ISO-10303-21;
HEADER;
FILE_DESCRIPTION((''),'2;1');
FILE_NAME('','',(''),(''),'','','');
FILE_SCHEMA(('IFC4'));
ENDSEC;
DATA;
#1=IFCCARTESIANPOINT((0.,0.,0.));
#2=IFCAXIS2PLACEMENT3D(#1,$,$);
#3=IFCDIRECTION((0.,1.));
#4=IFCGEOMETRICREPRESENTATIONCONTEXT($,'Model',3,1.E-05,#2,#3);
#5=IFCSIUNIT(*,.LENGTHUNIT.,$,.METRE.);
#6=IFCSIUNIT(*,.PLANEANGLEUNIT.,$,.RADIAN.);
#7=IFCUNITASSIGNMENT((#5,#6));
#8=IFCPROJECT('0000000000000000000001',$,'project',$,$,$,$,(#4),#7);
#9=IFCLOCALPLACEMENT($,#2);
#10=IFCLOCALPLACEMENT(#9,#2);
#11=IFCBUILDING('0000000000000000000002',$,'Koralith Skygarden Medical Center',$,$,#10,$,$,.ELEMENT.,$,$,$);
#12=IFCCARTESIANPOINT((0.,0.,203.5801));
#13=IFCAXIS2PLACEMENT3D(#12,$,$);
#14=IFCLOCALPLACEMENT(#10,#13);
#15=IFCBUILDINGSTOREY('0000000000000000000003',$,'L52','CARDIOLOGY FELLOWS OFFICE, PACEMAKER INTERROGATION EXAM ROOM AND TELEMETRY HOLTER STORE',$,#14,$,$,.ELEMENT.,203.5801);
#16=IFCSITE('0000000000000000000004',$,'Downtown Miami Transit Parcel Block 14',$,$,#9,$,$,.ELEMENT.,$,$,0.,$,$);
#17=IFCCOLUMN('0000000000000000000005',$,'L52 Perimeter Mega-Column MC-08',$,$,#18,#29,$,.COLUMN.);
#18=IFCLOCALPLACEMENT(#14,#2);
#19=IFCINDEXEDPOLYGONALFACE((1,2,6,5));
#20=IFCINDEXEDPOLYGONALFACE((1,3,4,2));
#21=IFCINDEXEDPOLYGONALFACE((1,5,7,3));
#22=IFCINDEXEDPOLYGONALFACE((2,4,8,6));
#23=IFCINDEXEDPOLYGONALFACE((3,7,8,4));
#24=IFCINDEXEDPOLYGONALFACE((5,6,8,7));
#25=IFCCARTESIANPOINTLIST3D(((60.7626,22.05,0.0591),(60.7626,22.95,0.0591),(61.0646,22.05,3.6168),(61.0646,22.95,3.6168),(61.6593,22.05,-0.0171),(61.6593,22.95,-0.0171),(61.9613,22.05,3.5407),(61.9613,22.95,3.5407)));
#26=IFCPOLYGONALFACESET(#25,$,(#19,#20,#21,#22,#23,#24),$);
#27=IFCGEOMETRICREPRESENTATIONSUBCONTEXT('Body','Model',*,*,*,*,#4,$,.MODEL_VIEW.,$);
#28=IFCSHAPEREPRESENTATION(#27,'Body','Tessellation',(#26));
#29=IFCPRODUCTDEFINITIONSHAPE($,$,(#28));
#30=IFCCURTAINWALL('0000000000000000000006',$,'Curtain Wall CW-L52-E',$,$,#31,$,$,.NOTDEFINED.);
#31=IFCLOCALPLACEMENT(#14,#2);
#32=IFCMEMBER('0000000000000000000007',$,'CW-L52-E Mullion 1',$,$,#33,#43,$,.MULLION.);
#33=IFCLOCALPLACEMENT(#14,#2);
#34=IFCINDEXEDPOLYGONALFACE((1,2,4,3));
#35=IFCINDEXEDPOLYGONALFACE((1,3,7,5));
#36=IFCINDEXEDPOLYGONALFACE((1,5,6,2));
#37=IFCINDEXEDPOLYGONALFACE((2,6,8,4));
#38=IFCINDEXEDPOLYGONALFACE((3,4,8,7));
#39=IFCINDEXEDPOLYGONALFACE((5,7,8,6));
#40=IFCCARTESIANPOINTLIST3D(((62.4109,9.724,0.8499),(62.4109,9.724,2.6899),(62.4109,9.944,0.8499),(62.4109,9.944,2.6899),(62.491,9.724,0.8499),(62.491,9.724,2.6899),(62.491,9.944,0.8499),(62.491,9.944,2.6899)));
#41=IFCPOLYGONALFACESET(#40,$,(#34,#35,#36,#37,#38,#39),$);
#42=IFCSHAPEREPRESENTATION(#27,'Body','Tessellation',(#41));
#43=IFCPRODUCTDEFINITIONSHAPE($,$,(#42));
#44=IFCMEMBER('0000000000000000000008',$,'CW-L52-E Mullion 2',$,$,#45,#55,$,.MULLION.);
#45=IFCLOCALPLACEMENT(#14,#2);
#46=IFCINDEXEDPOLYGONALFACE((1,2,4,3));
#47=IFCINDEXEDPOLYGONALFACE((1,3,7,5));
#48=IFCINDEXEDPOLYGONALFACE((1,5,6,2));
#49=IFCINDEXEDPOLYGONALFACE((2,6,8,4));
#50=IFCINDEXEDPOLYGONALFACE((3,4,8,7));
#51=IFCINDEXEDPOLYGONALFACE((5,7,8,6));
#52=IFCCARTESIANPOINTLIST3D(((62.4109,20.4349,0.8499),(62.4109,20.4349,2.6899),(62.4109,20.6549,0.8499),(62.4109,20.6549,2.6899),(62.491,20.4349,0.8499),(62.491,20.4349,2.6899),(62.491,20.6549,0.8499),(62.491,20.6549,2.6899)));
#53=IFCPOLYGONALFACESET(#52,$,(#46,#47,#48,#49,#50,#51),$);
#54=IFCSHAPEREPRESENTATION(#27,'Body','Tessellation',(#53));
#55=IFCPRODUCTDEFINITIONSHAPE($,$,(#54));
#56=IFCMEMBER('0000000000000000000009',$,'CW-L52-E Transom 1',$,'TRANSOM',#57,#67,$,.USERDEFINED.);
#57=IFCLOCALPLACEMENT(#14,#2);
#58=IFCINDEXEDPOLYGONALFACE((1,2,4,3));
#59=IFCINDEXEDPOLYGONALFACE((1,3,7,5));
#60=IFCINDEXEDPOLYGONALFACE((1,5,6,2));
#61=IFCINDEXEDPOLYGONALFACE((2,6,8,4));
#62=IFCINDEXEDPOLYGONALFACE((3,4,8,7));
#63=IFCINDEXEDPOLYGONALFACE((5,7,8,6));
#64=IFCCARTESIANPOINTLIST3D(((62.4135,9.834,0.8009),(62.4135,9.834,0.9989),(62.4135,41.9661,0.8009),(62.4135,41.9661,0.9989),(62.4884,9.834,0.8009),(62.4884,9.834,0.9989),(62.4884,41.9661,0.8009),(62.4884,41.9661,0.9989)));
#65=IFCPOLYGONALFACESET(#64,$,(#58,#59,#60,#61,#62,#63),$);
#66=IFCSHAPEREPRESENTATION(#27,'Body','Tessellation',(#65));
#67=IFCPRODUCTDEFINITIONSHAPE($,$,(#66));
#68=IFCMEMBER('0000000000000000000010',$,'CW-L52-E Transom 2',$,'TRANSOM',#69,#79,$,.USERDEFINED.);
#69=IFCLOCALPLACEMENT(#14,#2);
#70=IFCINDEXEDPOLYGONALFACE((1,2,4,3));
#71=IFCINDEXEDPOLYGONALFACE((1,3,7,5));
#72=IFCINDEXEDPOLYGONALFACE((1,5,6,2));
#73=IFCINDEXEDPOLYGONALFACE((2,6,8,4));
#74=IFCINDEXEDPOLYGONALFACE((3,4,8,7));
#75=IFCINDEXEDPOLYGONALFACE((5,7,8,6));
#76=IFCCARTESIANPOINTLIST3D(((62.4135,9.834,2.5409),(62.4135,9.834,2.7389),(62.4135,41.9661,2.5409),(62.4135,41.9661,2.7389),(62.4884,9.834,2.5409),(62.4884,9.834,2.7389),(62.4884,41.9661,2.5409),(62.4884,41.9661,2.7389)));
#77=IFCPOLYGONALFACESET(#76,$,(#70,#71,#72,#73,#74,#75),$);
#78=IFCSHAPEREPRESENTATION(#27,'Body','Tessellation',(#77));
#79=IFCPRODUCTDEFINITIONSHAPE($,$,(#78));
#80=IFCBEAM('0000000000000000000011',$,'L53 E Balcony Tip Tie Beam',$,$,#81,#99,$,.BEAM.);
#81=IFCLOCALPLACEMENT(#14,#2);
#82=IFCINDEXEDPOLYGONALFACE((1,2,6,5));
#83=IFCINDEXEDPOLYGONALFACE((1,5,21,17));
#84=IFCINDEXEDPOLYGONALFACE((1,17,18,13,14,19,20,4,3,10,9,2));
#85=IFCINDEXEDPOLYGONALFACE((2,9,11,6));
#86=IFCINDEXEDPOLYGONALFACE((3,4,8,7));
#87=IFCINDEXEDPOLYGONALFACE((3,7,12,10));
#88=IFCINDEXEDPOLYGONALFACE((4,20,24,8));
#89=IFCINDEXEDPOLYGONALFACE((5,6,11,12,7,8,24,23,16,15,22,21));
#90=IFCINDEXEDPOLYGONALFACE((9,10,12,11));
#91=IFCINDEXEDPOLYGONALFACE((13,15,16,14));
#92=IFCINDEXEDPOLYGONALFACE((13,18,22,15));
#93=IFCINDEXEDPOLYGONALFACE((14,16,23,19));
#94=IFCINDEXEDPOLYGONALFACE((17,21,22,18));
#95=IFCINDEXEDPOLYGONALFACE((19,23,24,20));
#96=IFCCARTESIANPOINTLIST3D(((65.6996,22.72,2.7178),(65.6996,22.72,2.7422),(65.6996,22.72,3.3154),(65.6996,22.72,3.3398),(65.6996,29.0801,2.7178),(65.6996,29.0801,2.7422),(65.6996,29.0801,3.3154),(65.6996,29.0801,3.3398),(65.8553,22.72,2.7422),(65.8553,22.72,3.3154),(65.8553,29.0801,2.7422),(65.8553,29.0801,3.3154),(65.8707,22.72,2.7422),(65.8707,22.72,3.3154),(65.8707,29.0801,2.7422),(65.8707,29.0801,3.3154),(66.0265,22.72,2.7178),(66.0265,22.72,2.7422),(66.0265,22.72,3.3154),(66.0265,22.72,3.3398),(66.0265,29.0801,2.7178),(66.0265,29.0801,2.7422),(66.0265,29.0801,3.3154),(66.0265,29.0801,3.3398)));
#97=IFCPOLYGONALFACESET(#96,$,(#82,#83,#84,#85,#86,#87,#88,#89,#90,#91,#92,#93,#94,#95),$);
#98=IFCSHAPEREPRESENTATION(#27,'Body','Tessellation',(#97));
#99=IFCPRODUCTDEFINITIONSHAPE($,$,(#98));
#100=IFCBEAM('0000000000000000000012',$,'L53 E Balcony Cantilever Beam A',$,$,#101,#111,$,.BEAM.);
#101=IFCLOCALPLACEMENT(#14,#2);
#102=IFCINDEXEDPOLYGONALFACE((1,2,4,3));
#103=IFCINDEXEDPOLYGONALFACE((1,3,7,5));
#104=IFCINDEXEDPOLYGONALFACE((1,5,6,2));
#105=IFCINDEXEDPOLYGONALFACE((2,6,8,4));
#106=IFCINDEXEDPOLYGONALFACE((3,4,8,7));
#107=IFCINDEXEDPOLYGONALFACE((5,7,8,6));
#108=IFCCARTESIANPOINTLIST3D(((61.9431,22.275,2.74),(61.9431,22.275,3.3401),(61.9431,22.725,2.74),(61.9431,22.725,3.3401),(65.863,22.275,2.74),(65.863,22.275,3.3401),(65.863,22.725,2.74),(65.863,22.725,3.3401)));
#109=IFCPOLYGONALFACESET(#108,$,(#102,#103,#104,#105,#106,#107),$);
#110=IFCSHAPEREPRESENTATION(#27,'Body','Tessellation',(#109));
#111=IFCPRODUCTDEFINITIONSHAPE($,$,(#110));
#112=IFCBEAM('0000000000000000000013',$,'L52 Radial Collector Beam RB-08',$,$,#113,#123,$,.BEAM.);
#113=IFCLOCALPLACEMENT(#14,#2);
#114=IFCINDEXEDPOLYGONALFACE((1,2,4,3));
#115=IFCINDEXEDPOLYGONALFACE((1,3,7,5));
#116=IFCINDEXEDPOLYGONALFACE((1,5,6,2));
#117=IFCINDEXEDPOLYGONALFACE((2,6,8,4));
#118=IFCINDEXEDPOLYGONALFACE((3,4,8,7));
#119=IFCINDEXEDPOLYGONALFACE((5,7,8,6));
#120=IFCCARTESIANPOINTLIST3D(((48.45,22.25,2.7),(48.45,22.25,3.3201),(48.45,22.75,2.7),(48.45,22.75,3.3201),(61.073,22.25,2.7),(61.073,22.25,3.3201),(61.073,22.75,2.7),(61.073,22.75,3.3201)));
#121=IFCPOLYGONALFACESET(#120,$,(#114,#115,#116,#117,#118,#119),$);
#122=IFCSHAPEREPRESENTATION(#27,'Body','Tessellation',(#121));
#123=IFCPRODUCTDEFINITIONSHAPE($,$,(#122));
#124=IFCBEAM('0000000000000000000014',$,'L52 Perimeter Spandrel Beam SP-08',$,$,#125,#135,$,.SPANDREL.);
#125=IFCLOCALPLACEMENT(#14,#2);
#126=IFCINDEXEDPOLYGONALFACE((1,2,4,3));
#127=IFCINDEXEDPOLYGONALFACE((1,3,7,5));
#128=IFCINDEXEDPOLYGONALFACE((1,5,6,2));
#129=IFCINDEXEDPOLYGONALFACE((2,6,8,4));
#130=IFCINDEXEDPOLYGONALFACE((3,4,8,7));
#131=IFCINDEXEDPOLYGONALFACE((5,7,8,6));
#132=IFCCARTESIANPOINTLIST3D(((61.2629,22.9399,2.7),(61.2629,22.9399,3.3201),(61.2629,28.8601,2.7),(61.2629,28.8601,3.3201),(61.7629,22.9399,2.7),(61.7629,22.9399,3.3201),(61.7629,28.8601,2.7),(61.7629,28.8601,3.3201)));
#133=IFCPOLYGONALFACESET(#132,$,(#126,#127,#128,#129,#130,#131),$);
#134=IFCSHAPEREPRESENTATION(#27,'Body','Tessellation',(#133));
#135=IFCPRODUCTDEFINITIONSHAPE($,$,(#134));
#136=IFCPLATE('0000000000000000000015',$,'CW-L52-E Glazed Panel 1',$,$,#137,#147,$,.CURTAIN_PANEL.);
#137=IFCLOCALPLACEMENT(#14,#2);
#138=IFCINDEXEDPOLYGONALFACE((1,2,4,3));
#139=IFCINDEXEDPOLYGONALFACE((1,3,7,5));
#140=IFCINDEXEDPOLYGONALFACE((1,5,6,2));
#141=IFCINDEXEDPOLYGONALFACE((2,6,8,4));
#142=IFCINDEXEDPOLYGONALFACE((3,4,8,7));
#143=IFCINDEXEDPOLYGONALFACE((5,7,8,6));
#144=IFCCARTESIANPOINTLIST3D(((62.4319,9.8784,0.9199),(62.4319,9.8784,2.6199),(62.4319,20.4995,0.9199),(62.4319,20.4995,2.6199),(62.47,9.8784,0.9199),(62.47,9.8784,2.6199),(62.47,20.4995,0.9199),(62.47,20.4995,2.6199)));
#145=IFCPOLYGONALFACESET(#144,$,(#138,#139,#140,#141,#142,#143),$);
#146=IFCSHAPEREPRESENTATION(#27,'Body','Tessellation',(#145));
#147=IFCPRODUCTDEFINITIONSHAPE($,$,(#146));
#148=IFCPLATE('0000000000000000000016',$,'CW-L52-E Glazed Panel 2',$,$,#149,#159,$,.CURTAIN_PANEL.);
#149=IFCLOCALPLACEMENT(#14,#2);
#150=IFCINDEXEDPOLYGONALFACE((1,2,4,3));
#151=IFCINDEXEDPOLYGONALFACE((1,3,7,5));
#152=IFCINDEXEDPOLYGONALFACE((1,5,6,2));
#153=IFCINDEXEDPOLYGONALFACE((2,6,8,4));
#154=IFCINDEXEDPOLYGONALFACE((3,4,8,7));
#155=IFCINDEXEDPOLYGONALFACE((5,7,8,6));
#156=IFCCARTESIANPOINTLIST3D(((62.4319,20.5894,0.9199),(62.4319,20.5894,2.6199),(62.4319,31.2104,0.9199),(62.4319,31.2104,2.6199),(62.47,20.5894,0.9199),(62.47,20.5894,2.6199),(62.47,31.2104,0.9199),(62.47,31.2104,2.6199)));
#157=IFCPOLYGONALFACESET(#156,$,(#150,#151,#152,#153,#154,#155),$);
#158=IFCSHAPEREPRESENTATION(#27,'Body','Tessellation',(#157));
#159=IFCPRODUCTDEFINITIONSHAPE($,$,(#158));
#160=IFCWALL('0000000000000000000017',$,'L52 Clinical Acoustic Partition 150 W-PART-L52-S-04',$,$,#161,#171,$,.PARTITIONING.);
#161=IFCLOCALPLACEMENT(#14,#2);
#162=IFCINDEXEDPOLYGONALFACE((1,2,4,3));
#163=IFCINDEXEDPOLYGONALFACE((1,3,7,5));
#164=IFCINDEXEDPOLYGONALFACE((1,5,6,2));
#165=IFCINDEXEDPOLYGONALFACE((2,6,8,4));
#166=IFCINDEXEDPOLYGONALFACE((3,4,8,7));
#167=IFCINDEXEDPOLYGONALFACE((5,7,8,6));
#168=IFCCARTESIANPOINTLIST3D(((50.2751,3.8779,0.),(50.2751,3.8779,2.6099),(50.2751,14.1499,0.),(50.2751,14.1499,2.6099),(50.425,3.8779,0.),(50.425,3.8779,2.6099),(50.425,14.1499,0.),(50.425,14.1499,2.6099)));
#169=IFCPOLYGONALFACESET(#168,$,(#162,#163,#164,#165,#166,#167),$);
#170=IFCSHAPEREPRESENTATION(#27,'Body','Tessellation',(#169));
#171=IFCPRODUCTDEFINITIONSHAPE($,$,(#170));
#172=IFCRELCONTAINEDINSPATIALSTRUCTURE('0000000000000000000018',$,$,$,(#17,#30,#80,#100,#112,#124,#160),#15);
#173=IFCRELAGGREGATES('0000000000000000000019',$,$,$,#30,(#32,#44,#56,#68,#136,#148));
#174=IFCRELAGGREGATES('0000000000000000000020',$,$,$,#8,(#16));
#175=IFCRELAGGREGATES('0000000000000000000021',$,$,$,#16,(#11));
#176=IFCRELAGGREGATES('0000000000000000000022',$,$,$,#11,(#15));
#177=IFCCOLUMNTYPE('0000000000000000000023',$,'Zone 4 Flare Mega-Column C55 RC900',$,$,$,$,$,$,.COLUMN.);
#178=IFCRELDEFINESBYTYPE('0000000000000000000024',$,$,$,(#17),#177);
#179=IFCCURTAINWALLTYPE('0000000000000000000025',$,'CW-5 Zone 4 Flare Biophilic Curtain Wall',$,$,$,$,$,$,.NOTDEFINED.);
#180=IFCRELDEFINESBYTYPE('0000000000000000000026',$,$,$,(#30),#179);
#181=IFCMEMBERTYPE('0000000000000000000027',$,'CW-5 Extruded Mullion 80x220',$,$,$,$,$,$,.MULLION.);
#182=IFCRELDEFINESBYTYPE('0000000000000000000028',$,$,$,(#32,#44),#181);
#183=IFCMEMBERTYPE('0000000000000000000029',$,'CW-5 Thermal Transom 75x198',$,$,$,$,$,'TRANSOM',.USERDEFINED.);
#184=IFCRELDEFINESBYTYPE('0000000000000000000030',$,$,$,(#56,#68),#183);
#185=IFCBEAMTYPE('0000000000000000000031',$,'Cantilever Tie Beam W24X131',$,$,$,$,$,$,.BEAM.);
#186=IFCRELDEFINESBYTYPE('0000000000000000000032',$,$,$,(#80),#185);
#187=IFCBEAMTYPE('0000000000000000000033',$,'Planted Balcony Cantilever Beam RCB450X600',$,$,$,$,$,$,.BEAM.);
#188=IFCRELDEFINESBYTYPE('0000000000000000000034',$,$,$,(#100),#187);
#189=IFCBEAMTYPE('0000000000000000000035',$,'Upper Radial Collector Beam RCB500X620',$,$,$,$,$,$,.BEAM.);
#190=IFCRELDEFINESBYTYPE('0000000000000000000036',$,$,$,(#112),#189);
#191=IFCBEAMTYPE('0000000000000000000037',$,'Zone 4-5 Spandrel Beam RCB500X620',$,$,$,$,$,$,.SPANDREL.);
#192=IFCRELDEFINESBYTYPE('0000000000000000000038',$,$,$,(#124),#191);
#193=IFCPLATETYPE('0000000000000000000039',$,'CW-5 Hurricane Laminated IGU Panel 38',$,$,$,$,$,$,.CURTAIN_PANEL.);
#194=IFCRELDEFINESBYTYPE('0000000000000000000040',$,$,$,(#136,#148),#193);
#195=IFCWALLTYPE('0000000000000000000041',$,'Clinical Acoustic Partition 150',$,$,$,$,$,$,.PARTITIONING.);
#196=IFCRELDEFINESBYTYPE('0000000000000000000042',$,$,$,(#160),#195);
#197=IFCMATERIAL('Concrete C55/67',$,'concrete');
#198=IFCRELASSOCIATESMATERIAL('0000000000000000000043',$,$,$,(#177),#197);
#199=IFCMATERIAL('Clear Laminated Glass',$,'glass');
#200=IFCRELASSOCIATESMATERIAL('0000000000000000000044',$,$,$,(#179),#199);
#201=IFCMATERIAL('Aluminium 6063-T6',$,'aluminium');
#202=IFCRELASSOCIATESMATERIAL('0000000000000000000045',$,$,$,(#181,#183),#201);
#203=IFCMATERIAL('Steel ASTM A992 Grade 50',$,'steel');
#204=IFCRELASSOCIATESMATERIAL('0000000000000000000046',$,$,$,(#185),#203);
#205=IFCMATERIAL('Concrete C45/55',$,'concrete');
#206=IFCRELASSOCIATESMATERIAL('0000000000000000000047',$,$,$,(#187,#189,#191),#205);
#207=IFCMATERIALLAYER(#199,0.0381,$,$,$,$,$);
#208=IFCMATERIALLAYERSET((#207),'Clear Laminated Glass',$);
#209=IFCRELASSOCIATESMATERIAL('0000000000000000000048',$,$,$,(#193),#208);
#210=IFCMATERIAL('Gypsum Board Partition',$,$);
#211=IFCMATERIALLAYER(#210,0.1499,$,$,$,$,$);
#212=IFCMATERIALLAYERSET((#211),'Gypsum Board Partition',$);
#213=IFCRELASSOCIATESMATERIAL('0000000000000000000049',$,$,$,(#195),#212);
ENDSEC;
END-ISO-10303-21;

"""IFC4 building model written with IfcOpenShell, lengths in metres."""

from ifc_helpers import new_model, si_unit, direction, frame, frame_2d, origin, origin_2d, place, context, subcontext, project, spatial, rectangle, i_section, extrude, material, layer, layer_set, material_profile, profile_set, type_object, element, aggregate, save


model = new_model("IFC4")

# Units and contexts
model_context = context("Model", 3, precision=1e-05, world=origin(), true_north=direction((0.0, 1.0)))
body_context = subcontext(model_context, "Body", "Model", "MODEL_VIEW")
ifc_project = project(units=[si_unit("LENGTHUNIT", "METRE"), si_unit("PLANEANGLEUNIT", "RADIAN")], contexts=[model_context])

# Site, building, storey
site_placement = place(None, origin())
site = spatial("IfcSite", under=ifc_project, at=site_placement, Name="Downtown Miami Transit Parcel Block 14", CompositionType="ELEMENT", RefElevation=0.0)
building_placement = place(site_placement, origin())
building = spatial("IfcBuilding", under=site, at=building_placement, Name="Koralith Skygarden Medical Center", CompositionType="ELEMENT")
storey_placement = place(building_placement, frame((0.0, 0.0, 203.5801)))
storey = spatial("IfcBuildingStorey", under=building, at=storey_placement, Name="L52", Description="CARDIOLOGY FELLOWS OFFICE, PACEMAKER INTERROGATION EXAM ROOM AND TELEMETRY HOLTER STORE", CompositionType="ELEMENT", Elevation=203.5801)

# Column
ifc_material_1 = material(Name="Concrete C55/67", Category="concrete")
ifc_material_profile_1 = material_profile(ifc_material_1, rectangle(XDim=0.8999, YDim=0.8999, at=origin_2d()), Name="RC900X900")
ifc_profile_set_1 = profile_set([ifc_material_profile_1], Name="Concrete C55/67")
column_type = type_object("IfcColumnType", Name="Zone 4 Flare Mega-Column C55 RC900", PredefinedType="COLUMN", material=ifc_profile_set_1)
column_placement = place(storey_placement, frame((61.2109, 22.5, 0.021), z_axis=(0.084579, 0.0, 0.996417), x_axis=(0.0, 1.0, 0.0)))
element("IfcColumn", 1, at=column_placement, inside=storey, type_object=column_type, Name="L52 Perimeter Mega-Column MC-08", PredefinedType="COLUMN", context=body_context, shape_type="SweptSolid", body=[
    extrude(rectangle(XDim=0.8999, YDim=0.8999, at=origin_2d()), origin(), (0.0, 0.0, 1.0), 3.5706),
])

# Curtain wall, members
ifc_material_2 = material(Name="Clear Laminated Glass", Category="glass")
curtain_wall_type = type_object("IfcCurtainWallType", Name="CW-5 Zone 4 Flare Biophilic Curtain Wall", PredefinedType="NOTDEFINED", material=ifc_material_2)
curtain_wall_placement = place(storey_placement, origin())
curtain_wall = element("IfcCurtainWall", 2, at=curtain_wall_placement, inside=storey, type_object=curtain_wall_type, Name="Curtain Wall CW-L52-E", PredefinedType="NOTDEFINED")
ifc_material_3 = material(Name="Aluminium 6063-T6", Category="aluminium")
ifc_material_profile_2 = material_profile(ifc_material_3, rectangle(XDim=0.0801, YDim=0.22, at=origin_2d()), Name="MUL80X220")
ifc_profile_set_2 = profile_set([ifc_material_profile_2], Name="Aluminium 6063-T6")
member_type_1 = type_object("IfcMemberType", Name="CW-5 Extruded Mullion 80x220", PredefinedType="MULLION", material=ifc_profile_set_2)
member_1_placement = place(storey_placement, frame((62.4509, 9.834, 0.8499), z_axis=(0.0, 0.0, 1.0), x_axis=(1.0, 0.0, 0.0)))
member_1 = element("IfcMember", 3, at=member_1_placement, type_object=member_type_1, Name="CW-L52-E Mullion 1", PredefinedType="MULLION", context=body_context, shape_type="SweptSolid", body=[
    extrude(rectangle(XDim=0.0801, YDim=0.22, at=origin_2d()), origin(), (0.0, 0.0, 1.0), 1.8401),
])
member_2_placement = place(storey_placement, frame((62.4509, 20.5449, 0.8499), z_axis=(0.0, 0.0, 1.0), x_axis=(1.0, 0.0, 0.0)))
member_2 = element("IfcMember", 4, at=member_2_placement, type_object=member_type_1, Name="CW-L52-E Mullion 2", PredefinedType="MULLION", context=body_context, shape_type="SweptSolid", body=[
    extrude(rectangle(XDim=0.0801, YDim=0.22, at=origin_2d()), origin(), (0.0, 0.0, 1.0), 1.8401),
])
ifc_material_profile_3 = material_profile(ifc_material_3, rectangle(XDim=0.075, YDim=0.198, at=origin_2d()), Name="TRN75X198")
ifc_profile_set_3 = profile_set([ifc_material_profile_3], Name="Aluminium 6063-T6")
member_type_2 = type_object("IfcMemberType", Name="CW-5 Thermal Transom 75x198", ElementType="TRANSOM", PredefinedType="USERDEFINED", material=ifc_profile_set_3)
member_3_placement = place(storey_placement, frame((62.4509, 9.834, 0.8999), z_axis=(0.0, 1.0, 0.0), x_axis=(-1.0, 0.0, 0.0)))
member_3 = element("IfcMember", 5, at=member_3_placement, type_object=member_type_2, Name="CW-L52-E Transom 1", ObjectType="TRANSOM", PredefinedType="USERDEFINED", context=body_context, shape_type="SweptSolid", body=[
    extrude(rectangle(XDim=0.075, YDim=0.198, at=origin_2d()), origin(), (0.0, 0.0, 1.0), 32.1321),
])
member_4_placement = place(storey_placement, frame((62.4509, 9.834, 2.6399), z_axis=(0.0, 1.0, 0.0), x_axis=(-1.0, 0.0, 0.0)))
member_4 = element("IfcMember", 6, at=member_4_placement, type_object=member_type_2, Name="CW-L52-E Transom 2", ObjectType="TRANSOM", PredefinedType="USERDEFINED", context=body_context, shape_type="SweptSolid", body=[
    extrude(rectangle(XDim=0.075, YDim=0.198, at=origin_2d()), origin(), (0.0, 0.0, 1.0), 32.1321),
])

# Beams
ifc_material_4 = material(Name="Steel ASTM A992 Grade 50", Category="steel")
ifc_material_profile_4 = material_profile(ifc_material_4, i_section(OverallWidth=0.3269, OverallDepth=0.6221, WebThickness=0.0154, FlangeThickness=0.0244, at=origin_2d()), Name="W24X131")
ifc_profile_set_4 = profile_set([ifc_material_profile_4], Name="Steel ASTM A992 Grade 50")
beam_type_1 = type_object("IfcBeamType", Name="Cantilever Tie Beam W24X131", PredefinedType="BEAM", material=ifc_profile_set_4)
beam_1_placement = place(storey_placement, frame((65.863, 22.72, 3.0288), z_axis=(0.0, 1.0, 0.0), x_axis=(-1.0, 0.0, 0.0)))
element("IfcBeam", 7, at=beam_1_placement, inside=storey, type_object=beam_type_1, Name="L53 E Balcony Tip Tie Beam", PredefinedType="BEAM", context=body_context, shape_type="SweptSolid", body=[
    extrude(i_section(OverallWidth=0.3269, OverallDepth=0.6221, WebThickness=0.0154, FlangeThickness=0.0244, at=origin_2d()), origin(), (0.0, 0.0, 1.0), 6.3601),
])
ifc_material_5 = material(Name="Concrete C45/55", Category="concrete")
ifc_material_profile_5 = material_profile(ifc_material_5, rectangle(XDim=0.45, YDim=0.6001, at=origin_2d()), Name="RCB450X600")
ifc_profile_set_5 = profile_set([ifc_material_profile_5], Name="Concrete C45/55")
beam_type_2 = type_object("IfcBeamType", Name="Planted Balcony Cantilever Beam RCB450X600", PredefinedType="BEAM", material=ifc_profile_set_5)
beam_2_placement = place(storey_placement, frame((61.9431, 22.5, 3.04), z_axis=(1.0, 0.0, 0.0), x_axis=(0.0, 1.0, 0.0)))
element("IfcBeam", 8, at=beam_2_placement, inside=storey, type_object=beam_type_2, Name="L53 E Balcony Cantilever Beam A", PredefinedType="BEAM", context=body_context, shape_type="SweptSolid", body=[
    extrude(rectangle(XDim=0.45, YDim=0.6001, at=origin_2d()), origin(), (0.0, 0.0, 1.0), 3.9199),
])
ifc_material_profile_6 = material_profile(ifc_material_5, rectangle(XDim=0.5, YDim=0.6201, at=origin_2d()), Name="RCB500X620")
ifc_profile_set_6 = profile_set([ifc_material_profile_6], Name="Concrete C45/55")
beam_type_3 = type_object("IfcBeamType", Name="Upper Radial Collector Beam RCB500X620", PredefinedType="BEAM", material=ifc_profile_set_6)
beam_3_placement = place(storey_placement, frame((48.45, 22.5, 3.01), z_axis=(1.0, 0.0, 0.0), x_axis=(0.0, 1.0, 0.0)))
element("IfcBeam", 9, at=beam_3_placement, inside=storey, type_object=beam_type_3, Name="L52 Radial Collector Beam RB-08", PredefinedType="BEAM", context=body_context, shape_type="SweptSolid", body=[
    extrude(rectangle(XDim=0.5, YDim=0.6201, at=origin_2d()), origin(), (0.0, 0.0, 1.0), 12.623),
])
ifc_material_profile_7 = material_profile(ifc_material_5, rectangle(XDim=0.5, YDim=0.6201, at=origin_2d()), Name="RCB500X620")
ifc_profile_set_7 = profile_set([ifc_material_profile_7], Name="Concrete C45/55")
beam_type_4 = type_object("IfcBeamType", Name="Zone 4-5 Spandrel Beam RCB500X620", PredefinedType="SPANDREL", material=ifc_profile_set_7)
beam_4_placement = place(storey_placement, frame((61.5129, 22.9399, 3.01), z_axis=(0.0, 1.0, 0.0), x_axis=(-1.0, 0.0, 0.0)))
element("IfcBeam", 10, at=beam_4_placement, inside=storey, type_object=beam_type_4, Name="L52 Perimeter Spandrel Beam SP-08", PredefinedType="SPANDREL", context=body_context, shape_type="SweptSolid", body=[
    extrude(rectangle(XDim=0.5, YDim=0.6201, at=origin_2d()), origin(), (0.0, 0.0, 1.0), 5.9202),
])

# Plates
ifc_layer_1 = layer(ifc_material_2, 0.0381)
ifc_layer_set_1 = layer_set([ifc_layer_1], Name="Clear Laminated Glass")
plate_type = type_object("IfcPlateType", Name="CW-5 Hurricane Laminated IGU Panel 38", PredefinedType="CURTAIN_PANEL", material=ifc_layer_set_1)
plate_1_placement = place(storey_placement, frame((62.4509, 15.189, 0.9199), z_axis=(0.0, 0.0, 1.0), x_axis=(0.0, 1.0, 0.0)))
plate_1 = element("IfcPlate", 11, at=plate_1_placement, type_object=plate_type, Name="CW-L52-E Glazed Panel 1", PredefinedType="CURTAIN_PANEL", context=body_context, shape_type="SweptSolid", body=[
    extrude(rectangle(XDim=10.6211, YDim=0.0381, at=origin_2d()), origin(), (0.0, 0.0, 1.0), 1.7),
])
plate_2_placement = place(storey_placement, frame((62.4509, 25.8999, 0.9199), z_axis=(0.0, 0.0, 1.0), x_axis=(0.0, 1.0, 0.0)))
plate_2 = element("IfcPlate", 12, at=plate_2_placement, type_object=plate_type, Name="CW-L52-E Glazed Panel 2", PredefinedType="CURTAIN_PANEL", context=body_context, shape_type="SweptSolid", body=[
    extrude(rectangle(XDim=10.6211, YDim=0.0381, at=origin_2d()), origin(), (0.0, 0.0, 1.0), 1.7),
])
aggregate(curtain_wall, [member_1, member_2, member_3, member_4, plate_1, plate_2])

# Wall
ifc_material_6 = material(Name="Gypsum Board Partition")
ifc_layer_2 = layer(ifc_material_6, 0.1499)
ifc_layer_set_2 = layer_set([ifc_layer_2], Name="Gypsum Board Partition")
wall_type_1 = type_object("IfcWallType", Name="Clinical Acoustic Partition 150", PredefinedType="PARTITIONING", material=ifc_layer_set_2)
wall_1_placement = place(storey_placement, frame((50.3501, 14.1499, 0.0), z_axis=(0.0, 0.0, 1.0), x_axis=(0.0, -1.0, 0.0)))
element("IfcWall", 13, at=wall_1_placement, inside=storey, type_object=wall_type_1, Name="L52 Clinical Acoustic Partition 150 W-PART-L52-S-04", PredefinedType="PARTITIONING", context=body_context, shape_type="SweptSolid", body=[
    extrude(rectangle(XDim=10.272, YDim=0.1499, at=frame_2d((5.136, 0.0))), origin(), (0.0, 0.0, 1.0), 2.6099),
])

save(model, "model.ifc")
